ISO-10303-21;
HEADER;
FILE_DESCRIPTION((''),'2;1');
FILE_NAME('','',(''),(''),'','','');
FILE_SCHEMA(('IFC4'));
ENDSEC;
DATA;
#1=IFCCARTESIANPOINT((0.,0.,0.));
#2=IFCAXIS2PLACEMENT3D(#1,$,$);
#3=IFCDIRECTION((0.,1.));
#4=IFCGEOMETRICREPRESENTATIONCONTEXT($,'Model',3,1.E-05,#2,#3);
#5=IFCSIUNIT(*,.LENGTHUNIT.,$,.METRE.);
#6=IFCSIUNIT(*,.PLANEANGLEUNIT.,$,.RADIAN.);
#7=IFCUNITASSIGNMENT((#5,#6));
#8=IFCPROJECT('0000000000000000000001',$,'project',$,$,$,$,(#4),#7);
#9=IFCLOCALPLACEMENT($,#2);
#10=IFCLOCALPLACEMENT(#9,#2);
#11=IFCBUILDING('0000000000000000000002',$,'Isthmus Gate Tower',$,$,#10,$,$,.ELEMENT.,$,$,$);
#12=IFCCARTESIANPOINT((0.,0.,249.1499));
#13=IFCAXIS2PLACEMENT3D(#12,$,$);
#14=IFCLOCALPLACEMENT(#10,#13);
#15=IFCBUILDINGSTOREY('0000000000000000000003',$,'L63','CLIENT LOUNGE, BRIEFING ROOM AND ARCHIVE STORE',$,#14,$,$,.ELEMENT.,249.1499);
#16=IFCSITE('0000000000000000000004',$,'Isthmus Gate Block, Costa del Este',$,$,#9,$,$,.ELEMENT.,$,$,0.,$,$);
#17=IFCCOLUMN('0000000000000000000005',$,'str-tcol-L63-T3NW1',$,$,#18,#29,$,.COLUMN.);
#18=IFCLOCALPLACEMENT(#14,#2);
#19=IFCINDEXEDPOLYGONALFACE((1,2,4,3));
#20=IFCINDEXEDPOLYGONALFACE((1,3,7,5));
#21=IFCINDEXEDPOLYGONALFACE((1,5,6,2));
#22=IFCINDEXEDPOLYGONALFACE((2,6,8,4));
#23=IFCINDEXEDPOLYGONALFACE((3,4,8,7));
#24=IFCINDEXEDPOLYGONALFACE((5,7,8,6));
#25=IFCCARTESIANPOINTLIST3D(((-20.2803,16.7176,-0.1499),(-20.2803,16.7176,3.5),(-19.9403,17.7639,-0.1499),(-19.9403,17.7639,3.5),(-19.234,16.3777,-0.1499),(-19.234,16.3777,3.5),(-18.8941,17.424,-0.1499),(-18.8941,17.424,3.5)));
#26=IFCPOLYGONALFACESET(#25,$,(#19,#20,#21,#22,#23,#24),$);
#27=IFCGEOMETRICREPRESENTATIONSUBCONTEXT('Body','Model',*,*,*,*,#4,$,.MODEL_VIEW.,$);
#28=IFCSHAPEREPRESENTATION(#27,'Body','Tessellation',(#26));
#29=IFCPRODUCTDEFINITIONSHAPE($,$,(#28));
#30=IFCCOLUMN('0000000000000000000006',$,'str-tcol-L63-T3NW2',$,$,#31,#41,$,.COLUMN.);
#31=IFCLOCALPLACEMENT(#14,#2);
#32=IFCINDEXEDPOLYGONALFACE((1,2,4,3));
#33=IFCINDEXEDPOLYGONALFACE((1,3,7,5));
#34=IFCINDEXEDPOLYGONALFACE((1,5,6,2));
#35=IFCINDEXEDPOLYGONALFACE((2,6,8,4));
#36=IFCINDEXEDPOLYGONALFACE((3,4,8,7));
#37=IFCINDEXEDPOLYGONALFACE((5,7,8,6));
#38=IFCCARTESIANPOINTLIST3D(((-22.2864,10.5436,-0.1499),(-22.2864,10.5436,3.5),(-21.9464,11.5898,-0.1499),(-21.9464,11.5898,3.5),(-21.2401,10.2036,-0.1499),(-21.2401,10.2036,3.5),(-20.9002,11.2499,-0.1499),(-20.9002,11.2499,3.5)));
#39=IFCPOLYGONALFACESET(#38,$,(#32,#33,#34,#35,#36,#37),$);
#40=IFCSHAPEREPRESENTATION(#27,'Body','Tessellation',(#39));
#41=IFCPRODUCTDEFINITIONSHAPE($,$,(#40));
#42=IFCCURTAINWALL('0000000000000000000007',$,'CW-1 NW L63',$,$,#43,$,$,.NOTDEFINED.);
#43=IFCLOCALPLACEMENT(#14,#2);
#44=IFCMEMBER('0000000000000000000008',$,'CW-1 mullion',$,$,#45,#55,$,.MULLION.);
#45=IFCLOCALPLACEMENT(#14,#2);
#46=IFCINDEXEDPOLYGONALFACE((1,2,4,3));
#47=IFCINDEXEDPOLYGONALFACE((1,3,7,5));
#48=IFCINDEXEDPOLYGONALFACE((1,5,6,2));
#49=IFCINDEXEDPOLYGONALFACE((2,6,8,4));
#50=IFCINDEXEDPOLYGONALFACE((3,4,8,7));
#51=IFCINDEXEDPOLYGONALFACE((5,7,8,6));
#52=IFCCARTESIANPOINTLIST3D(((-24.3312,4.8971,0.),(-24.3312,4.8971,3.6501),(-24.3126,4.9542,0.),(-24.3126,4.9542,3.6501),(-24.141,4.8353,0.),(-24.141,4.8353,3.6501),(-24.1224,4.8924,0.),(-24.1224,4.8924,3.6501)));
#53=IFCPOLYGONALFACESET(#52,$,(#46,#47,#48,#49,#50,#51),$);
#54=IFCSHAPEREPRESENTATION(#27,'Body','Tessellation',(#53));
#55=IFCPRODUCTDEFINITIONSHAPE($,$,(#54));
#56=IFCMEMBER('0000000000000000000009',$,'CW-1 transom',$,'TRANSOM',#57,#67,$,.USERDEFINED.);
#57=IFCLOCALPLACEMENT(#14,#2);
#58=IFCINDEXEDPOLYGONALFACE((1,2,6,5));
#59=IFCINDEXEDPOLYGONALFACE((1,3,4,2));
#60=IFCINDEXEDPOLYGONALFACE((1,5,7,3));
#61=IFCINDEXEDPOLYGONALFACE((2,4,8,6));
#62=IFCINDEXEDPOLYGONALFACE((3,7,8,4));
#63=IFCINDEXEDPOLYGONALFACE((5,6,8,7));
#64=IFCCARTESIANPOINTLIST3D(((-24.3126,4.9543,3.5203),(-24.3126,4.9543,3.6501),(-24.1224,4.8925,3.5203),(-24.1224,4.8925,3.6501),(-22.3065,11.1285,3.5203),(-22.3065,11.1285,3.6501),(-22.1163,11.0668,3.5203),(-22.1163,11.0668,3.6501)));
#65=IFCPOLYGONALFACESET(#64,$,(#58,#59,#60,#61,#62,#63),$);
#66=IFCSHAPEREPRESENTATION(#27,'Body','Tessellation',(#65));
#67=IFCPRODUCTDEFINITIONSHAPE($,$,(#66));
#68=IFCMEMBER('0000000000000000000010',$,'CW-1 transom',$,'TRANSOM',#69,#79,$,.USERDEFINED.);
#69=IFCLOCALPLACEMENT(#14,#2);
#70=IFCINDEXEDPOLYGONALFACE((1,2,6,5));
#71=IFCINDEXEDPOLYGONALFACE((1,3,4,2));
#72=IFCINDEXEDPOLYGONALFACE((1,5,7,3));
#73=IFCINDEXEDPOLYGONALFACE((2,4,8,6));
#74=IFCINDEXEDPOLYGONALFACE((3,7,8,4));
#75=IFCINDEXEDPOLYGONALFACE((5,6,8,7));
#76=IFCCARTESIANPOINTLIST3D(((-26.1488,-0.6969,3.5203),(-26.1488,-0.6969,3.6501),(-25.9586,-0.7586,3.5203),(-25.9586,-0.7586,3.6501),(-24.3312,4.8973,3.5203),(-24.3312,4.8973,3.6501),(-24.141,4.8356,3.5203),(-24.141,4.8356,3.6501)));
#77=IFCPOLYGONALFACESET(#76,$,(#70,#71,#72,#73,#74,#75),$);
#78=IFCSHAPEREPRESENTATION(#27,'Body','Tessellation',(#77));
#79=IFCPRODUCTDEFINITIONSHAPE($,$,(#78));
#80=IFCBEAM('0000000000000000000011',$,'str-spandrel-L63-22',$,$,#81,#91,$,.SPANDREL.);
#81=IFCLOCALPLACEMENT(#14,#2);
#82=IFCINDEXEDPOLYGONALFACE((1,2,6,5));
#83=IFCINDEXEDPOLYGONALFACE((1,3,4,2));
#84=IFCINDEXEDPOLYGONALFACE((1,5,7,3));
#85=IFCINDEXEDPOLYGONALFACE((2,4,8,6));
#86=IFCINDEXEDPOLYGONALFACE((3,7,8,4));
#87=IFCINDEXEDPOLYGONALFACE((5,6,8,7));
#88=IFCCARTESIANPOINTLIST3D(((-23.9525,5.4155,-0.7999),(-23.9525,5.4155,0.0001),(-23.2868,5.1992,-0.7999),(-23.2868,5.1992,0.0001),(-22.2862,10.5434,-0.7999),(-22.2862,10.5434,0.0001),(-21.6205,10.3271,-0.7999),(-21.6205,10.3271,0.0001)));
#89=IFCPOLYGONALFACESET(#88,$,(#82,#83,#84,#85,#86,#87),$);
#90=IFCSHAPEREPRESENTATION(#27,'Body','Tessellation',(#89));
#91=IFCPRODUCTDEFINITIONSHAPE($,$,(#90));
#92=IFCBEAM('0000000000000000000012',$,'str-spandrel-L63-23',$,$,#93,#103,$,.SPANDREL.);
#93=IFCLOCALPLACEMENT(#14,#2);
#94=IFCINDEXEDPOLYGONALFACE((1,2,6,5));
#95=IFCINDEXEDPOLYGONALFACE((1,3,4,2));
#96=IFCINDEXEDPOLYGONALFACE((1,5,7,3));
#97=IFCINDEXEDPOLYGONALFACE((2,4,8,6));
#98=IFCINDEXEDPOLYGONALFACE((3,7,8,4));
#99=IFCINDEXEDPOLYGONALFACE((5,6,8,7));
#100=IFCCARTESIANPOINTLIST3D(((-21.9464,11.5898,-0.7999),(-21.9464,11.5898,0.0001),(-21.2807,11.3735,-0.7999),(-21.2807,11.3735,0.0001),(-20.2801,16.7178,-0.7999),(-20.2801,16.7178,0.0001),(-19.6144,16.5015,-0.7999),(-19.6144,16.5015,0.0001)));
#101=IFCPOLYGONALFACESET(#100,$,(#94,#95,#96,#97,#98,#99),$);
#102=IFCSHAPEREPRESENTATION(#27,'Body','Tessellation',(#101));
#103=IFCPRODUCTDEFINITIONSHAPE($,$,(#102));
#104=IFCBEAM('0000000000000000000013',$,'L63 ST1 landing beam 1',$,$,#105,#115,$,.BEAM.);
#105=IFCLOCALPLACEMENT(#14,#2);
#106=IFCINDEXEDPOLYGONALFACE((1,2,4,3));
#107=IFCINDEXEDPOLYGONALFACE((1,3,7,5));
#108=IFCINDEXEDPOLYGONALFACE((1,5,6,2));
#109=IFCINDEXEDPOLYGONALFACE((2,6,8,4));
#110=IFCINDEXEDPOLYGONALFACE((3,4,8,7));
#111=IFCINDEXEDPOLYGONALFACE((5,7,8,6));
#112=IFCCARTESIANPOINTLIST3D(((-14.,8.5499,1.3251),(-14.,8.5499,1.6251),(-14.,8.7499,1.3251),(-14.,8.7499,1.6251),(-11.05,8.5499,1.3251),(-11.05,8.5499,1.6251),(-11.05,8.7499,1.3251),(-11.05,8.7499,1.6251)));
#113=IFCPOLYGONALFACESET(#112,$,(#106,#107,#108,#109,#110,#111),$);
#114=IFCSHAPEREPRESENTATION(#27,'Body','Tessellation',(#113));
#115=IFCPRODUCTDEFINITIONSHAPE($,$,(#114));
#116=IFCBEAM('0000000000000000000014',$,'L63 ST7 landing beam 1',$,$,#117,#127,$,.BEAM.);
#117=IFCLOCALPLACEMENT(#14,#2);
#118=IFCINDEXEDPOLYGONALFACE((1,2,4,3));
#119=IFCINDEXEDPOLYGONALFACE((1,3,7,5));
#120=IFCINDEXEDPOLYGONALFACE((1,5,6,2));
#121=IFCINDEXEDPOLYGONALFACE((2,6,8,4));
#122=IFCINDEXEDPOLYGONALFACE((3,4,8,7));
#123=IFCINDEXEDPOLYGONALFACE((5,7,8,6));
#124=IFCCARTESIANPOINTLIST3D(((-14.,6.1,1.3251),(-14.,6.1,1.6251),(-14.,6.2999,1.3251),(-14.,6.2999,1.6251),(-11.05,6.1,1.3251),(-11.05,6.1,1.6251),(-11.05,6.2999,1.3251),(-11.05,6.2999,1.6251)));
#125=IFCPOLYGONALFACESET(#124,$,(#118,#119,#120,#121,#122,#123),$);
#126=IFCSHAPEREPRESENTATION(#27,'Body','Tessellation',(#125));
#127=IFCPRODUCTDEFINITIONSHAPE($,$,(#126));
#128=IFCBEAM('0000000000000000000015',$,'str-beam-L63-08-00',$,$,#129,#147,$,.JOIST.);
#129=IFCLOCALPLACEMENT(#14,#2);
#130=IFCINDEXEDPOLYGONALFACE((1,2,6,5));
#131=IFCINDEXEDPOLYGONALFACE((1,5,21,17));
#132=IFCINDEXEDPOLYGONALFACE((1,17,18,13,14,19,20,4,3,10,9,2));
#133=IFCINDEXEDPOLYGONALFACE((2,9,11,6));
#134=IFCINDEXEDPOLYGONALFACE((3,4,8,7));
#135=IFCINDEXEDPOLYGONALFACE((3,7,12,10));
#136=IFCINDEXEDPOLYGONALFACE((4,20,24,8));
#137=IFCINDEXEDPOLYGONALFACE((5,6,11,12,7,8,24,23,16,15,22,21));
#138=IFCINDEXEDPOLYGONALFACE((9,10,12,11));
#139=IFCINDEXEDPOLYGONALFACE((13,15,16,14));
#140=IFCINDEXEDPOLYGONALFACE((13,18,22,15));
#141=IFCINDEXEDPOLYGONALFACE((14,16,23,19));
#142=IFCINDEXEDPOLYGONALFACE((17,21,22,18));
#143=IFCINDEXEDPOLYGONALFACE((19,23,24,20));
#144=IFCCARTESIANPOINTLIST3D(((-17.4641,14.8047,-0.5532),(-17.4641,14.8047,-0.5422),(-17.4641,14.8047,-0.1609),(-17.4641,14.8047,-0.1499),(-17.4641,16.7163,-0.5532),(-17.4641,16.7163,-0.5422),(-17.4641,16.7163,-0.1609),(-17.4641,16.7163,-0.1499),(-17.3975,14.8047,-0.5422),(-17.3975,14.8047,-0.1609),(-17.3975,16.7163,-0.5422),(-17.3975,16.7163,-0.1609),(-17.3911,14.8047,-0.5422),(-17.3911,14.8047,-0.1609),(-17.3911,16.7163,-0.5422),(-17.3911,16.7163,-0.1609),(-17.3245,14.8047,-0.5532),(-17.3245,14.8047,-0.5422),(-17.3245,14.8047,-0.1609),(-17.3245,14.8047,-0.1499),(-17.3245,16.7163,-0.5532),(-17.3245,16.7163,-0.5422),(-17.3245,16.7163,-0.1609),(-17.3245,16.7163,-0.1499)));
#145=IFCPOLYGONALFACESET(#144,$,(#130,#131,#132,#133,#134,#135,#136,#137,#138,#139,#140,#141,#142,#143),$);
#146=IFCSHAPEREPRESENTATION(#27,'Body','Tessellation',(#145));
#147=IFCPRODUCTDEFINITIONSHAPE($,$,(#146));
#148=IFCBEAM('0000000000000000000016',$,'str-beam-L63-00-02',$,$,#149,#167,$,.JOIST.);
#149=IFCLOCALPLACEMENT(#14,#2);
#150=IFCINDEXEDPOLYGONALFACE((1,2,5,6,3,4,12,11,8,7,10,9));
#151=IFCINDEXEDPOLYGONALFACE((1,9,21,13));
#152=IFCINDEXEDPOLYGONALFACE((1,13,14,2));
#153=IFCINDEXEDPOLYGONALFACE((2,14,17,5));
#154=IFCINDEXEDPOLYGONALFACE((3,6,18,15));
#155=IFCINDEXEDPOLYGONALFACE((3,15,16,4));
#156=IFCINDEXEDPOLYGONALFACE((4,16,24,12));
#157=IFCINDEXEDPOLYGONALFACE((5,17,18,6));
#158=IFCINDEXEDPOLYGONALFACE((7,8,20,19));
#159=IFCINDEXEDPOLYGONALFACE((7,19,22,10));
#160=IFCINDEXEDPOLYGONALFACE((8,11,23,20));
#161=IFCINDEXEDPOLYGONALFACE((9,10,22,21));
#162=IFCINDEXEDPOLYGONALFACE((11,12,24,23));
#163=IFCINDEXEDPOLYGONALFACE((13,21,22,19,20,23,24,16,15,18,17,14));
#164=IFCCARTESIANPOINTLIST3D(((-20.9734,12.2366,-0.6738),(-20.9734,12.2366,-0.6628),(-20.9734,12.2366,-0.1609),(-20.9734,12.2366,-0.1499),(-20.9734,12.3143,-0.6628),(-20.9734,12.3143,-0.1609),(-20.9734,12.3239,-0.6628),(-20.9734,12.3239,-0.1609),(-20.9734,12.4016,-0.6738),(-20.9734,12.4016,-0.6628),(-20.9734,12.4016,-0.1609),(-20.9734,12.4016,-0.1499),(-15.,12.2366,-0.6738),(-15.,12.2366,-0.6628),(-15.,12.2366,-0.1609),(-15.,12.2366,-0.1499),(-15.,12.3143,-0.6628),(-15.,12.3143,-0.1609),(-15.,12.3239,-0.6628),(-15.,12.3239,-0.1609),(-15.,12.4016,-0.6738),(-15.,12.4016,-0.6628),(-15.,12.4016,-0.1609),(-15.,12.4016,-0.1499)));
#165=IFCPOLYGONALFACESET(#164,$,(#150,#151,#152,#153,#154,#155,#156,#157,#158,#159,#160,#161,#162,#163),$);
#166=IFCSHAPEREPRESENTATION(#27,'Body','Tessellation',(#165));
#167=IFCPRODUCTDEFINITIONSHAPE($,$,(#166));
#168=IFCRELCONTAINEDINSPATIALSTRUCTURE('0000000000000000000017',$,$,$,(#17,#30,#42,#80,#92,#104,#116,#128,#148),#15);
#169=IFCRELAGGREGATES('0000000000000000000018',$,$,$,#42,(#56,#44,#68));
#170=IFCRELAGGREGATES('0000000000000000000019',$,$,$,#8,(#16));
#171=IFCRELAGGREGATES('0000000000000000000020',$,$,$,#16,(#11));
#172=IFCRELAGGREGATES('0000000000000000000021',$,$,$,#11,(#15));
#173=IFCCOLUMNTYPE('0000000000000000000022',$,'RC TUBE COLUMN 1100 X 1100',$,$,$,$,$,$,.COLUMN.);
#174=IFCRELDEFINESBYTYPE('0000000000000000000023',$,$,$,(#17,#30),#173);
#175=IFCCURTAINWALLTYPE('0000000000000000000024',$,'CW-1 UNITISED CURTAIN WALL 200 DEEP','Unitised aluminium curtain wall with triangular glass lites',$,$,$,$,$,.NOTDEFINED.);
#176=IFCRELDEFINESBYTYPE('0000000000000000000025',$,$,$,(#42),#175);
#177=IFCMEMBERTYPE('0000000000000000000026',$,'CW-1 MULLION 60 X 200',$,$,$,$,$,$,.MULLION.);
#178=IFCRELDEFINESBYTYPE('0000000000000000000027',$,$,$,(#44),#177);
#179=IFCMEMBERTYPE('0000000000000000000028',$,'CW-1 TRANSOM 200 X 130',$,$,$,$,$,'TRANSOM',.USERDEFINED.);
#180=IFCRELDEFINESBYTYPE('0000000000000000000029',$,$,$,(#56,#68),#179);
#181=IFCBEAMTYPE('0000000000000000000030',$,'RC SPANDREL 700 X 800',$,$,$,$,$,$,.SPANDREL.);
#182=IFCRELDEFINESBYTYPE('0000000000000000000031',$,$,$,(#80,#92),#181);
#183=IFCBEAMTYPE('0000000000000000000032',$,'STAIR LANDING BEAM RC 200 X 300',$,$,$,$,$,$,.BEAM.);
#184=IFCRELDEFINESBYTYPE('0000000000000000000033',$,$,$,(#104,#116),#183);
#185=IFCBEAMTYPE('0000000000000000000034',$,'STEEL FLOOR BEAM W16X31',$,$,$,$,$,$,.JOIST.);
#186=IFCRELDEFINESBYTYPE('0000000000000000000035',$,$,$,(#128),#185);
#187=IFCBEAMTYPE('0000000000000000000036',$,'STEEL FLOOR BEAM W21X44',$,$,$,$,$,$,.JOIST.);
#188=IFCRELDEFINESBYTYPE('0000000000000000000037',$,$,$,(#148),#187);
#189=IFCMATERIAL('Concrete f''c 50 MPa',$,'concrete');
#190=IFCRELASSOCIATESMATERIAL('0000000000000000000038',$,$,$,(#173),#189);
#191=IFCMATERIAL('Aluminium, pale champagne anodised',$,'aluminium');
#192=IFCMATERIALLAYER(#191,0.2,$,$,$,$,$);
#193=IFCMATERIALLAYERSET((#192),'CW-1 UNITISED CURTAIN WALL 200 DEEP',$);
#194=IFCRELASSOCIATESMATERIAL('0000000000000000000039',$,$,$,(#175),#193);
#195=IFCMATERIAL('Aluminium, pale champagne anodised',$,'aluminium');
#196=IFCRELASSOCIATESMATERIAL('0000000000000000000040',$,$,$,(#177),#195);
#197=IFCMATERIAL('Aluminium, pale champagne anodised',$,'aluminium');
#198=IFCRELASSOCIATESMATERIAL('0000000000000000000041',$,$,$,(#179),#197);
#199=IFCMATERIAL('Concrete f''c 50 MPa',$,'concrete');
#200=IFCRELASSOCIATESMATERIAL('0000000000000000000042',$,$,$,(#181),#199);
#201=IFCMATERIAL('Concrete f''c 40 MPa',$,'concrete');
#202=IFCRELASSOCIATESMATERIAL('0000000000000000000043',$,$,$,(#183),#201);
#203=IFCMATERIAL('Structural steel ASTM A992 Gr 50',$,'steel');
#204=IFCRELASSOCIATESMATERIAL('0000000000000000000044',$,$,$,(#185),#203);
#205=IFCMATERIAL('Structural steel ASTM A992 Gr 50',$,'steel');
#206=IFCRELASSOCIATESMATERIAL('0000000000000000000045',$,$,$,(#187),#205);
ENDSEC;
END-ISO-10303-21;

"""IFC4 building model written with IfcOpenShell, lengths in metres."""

from ifc_helpers import new_model, si_unit, direction, frame, origin, origin_2d, place, context, subcontext, project, spatial, rectangle, i_section, extrude, material, layer, layer_set, material_profile, profile_set, type_object, element, aggregate, save


model = new_model("IFC4")

# Units and contexts
model_context = context("Model", 3, precision=1e-05, world=origin(), true_north=direction((0.0, 1.0)))
body_context = subcontext(model_context, "Body", "Model", "MODEL_VIEW")
ifc_project = project(units=[si_unit("LENGTHUNIT", "METRE"), si_unit("PLANEANGLEUNIT", "RADIAN")], contexts=[model_context])

# Site, building, storey
site_placement = place(None, origin())
site = spatial("IfcSite", under=ifc_project, at=site_placement, Name="Isthmus Gate Block, Costa del Este", CompositionType="ELEMENT", RefElevation=0.0)
building_placement = place(site_placement, origin())
building = spatial("IfcBuilding", under=site, at=building_placement, Name="Isthmus Gate Tower", CompositionType="ELEMENT")
storey_placement = place(building_placement, frame((0.0, 0.0, 249.1499)))
storey = spatial("IfcBuildingStorey", under=building, at=storey_placement, Name="L63", Description="CLIENT LOUNGE, BRIEFING ROOM AND ARCHIVE STORE", CompositionType="ELEMENT", Elevation=249.1499)

# Columns
ifc_material_1 = material(Name="Concrete f'c 50 MPa", Category="concrete")
ifc_material_profile_1 = material_profile(ifc_material_1, rectangle(XDim=1.1001, YDim=1.1001, at=origin_2d()), Name="RC 1100X1100")
ifc_profile_set_1 = profile_set([ifc_material_profile_1], Name="Concrete f'c 50 MPa")
column_type = type_object("IfcColumnType", Name="RC TUBE COLUMN 1100 X 1100", PredefinedType="COLUMN", material=ifc_profile_set_1)
for number, where, z_axis, x_axis, name in (
    (1, (-19.5872, 17.0708, -0.1499), (0.0, 0.0, 1.0), (-0.309017, -0.951057, 0.0), "str-tcol-L63-T3NW1"),
    (2, (-21.5933, 10.8967, -0.1499), (0.0, 0.0, 1.0), (-0.309017, -0.951057, 0.0), "str-tcol-L63-T3NW2"),
):
    element("IfcColumn", number, at=place(storey_placement, frame(where, z_axis=z_axis, x_axis=x_axis)), inside=storey, type_object=column_type, Name=name, PredefinedType="COLUMN", context=body_context, shape_type="SweptSolid", body=[
        extrude(rectangle(XDim=1.1001, YDim=1.1001, at=origin_2d()), origin(), (0.0, 0.0, 1.0), 3.6499),
    ])

# Curtain wall, members
ifc_material_2 = material(Name="Aluminium, pale champagne anodised", Category="aluminium")
ifc_layer_1 = layer(ifc_material_2, 0.2)
ifc_layer_set_1 = layer_set([ifc_layer_1], Name="CW-1 UNITISED CURTAIN WALL 200 DEEP")
curtain_wall_type_1 = type_object("IfcCurtainWallType", Name="CW-1 UNITISED CURTAIN WALL 200 DEEP", Description="Unitised aluminium curtain wall with triangular glass lites", PredefinedType="NOTDEFINED", material=ifc_layer_set_1)
curtain_wall_1_placement = place(storey_placement, origin())
curtain_wall_1 = element("IfcCurtainWall", 3, at=curtain_wall_1_placement, inside=storey, type_object=curtain_wall_type_1, Name="CW-1 NW L63", PredefinedType="NOTDEFINED")
ifc_material_3 = material(Name="Aluminium, pale champagne anodised", Category="aluminium")
ifc_material_profile_2 = material_profile(ifc_material_3, rectangle(XDim=0.0601, YDim=0.2, at=origin_2d()), Name="60x200")
ifc_profile_set_2 = profile_set([ifc_material_profile_2], Name="Aluminium, pale champagne anodised")
member_type_1 = type_object("IfcMemberType", Name="CW-1 MULLION 60 X 200", PredefinedType="MULLION", material=ifc_profile_set_2)
member_1_placement = place(storey_placement, frame((-24.2268, 4.8948, 0.0), z_axis=(0.0, 0.0, 1.0), x_axis=(-0.309017, -0.951057, 0.0)))
member_1 = element("IfcMember", 4, at=member_1_placement, type_object=member_type_1, Name="CW-1 mullion", PredefinedType="MULLION", context=body_context, shape_type="SweptSolid", body=[
    extrude(rectangle(XDim=0.0601, YDim=0.2, at=origin_2d()), origin(), (0.0, 0.0, 1.0), 3.6501),
])
ifc_material_4 = material(Name="Aluminium, pale champagne anodised", Category="aluminium")
ifc_material_profile_3 = material_profile(ifc_material_4, rectangle(XDim=0.2, YDim=0.1299, at=origin_2d()), Name="200x130")
ifc_profile_set_3 = profile_set([ifc_material_profile_3], Name="Aluminium, pale champagne anodised")
member_type_2 = type_object("IfcMemberType", Name="CW-1 TRANSOM 200 X 130", ElementType="TRANSOM", PredefinedType="USERDEFINED", material=ifc_profile_set_3)
member_2_placement = place(storey_placement, frame((-22.2114, 11.0977, 3.5852), z_axis=(-0.30901, -0.951059, 0.0), x_axis=(0.951059, -0.30901, 0.0)))
member_2 = element("IfcMember", 5, at=member_2_placement, type_object=member_type_2, Name="CW-1 transom", ObjectType="TRANSOM", PredefinedType="USERDEFINED", context=body_context, shape_type="SweptSolid", body=[
    extrude(rectangle(XDim=0.2, YDim=0.1299, at=origin_2d()), origin(), (0.0, 0.0, 1.0), 6.4919),
])
member_3_placement = place(storey_placement, frame((-24.2361, 4.8665, 3.5852), z_axis=(-0.309009, -0.951059, 0.0), x_axis=(0.951059, -0.309009, 0.0)))
member_3 = element("IfcMember", 6, at=member_3_placement, type_object=member_type_2, Name="CW-1 transom", ObjectType="TRANSOM", PredefinedType="USERDEFINED", context=body_context, shape_type="SweptSolid", body=[
    extrude(rectangle(XDim=0.2, YDim=0.1299, at=origin_2d()), origin(), (0.0, 0.0, 1.0), 5.8821),
])

# Beams
ifc_material_5 = material(Name="Concrete f'c 50 MPa", Category="concrete")
ifc_material_profile_4 = material_profile(ifc_material_5, rectangle(XDim=0.7, YDim=0.8, at=origin_2d()), Name="RC 700X800")
ifc_profile_set_4 = profile_set([ifc_material_profile_4], Name="Concrete f'c 50 MPa")
beam_type_1 = type_object("IfcBeamType", Name="RC SPANDREL 700 X 800", PredefinedType="SPANDREL", material=ifc_profile_set_4)
for number, where, z_axis, x_axis, name in (
    (7, (-23.6196, 5.3074, -0.3999), (0.309033, 0.951051, 0.0), (-0.951051, 0.309033, 0.0), "str-spandrel-L63-22"),
    (8, (-21.6135, 11.4817, -0.3999), (0.309033, 0.951051, 0.0), (-0.951051, 0.309033, 0.0), "str-spandrel-L63-23"),
):
    element("IfcBeam", number, at=place(storey_placement, frame(where, z_axis=z_axis, x_axis=x_axis)), inside=storey, type_object=beam_type_1, Name=name, PredefinedType="SPANDREL", context=body_context, shape_type="SweptSolid", body=[
        extrude(rectangle(XDim=0.7, YDim=0.8, at=origin_2d()), origin(), (0.0, 0.0, 1.0), 5.3918),
    ])
ifc_material_6 = material(Name="Concrete f'c 40 MPa", Category="concrete")
ifc_material_profile_5 = material_profile(ifc_material_6, rectangle(XDim=0.2, YDim=0.3, at=origin_2d()), Name="STAIR LANDING BEAM RC 200 X 300")
ifc_profile_set_5 = profile_set([ifc_material_profile_5], Name="Concrete f'c 40 MPa")
beam_type_2 = type_object("IfcBeamType", Name="STAIR LANDING BEAM RC 200 X 300", PredefinedType="BEAM", material=ifc_profile_set_5)
for number, where, z_axis, x_axis, name in (
    (9, (-14.0, 8.6499, 1.4751), (1.0, 0.0, 0.0), (0.0, 1.0, 0.0), "L63 ST1 landing beam 1"),
    (10, (-14.0, 6.2, 1.4751), (1.0, 0.0, 0.0), (0.0, 1.0, 0.0), "L63 ST7 landing beam 1"),
):
    element("IfcBeam", number, at=place(storey_placement, frame(where, z_axis=z_axis, x_axis=x_axis)), inside=storey, type_object=beam_type_2, Name=name, PredefinedType="BEAM", context=body_context, shape_type="SweptSolid", body=[
        extrude(rectangle(XDim=0.2, YDim=0.3, at=origin_2d()), origin(), (0.0, 0.0, 1.0), 2.95),
    ])
ifc_material_7 = material(Name="Structural steel ASTM A992 Gr 50", Category="steel")
ifc_material_profile_6 = material_profile(ifc_material_7, i_section(OverallWidth=0.1396, OverallDepth=0.4033, WebThickness=0.0063, FlangeThickness=0.011, at=origin_2d()), Name="W16X31")
ifc_profile_set_6 = profile_set([ifc_material_profile_6], Name="Structural steel ASTM A992 Gr 50")
beam_type_3 = type_object("IfcBeamType", Name="STEEL FLOOR BEAM W16X31", PredefinedType="JOIST", material=ifc_profile_set_6)
beam_1_placement = place(storey_placement, frame((-17.3943, 14.8047, -0.3516), z_axis=(0.0, 1.0, 0.0), x_axis=(-1.0, 0.0, 0.0)))
element("IfcBeam", 11, at=beam_1_placement, inside=storey, type_object=beam_type_3, Name="str-beam-L63-08-00", PredefinedType="JOIST", context=body_context, shape_type="SweptSolid", body=[
    extrude(i_section(OverallWidth=0.1396, OverallDepth=0.4033, WebThickness=0.0063, FlangeThickness=0.011, at=origin_2d()), origin(), (0.0, 0.0, 1.0), 1.9116),
])
ifc_material_8 = material(Name="Structural steel ASTM A992 Gr 50", Category="steel")
ifc_material_profile_7 = material_profile(ifc_material_8, i_section(OverallWidth=0.165, OverallDepth=0.5239, WebThickness=0.0095, FlangeThickness=0.011, at=origin_2d()), Name="W21X44")
ifc_profile_set_7 = profile_set([ifc_material_profile_7], Name="Structural steel ASTM A992 Gr 50")
beam_type_4 = type_object("IfcBeamType", Name="STEEL FLOOR BEAM W21X44", PredefinedType="JOIST", material=ifc_profile_set_7)
beam_2_placement = place(storey_placement, frame((-20.9734, 12.3191, -0.4119), z_axis=(1.0, 0.0, 0.0), x_axis=(0.0, 1.0, 0.0)))
element("IfcBeam", 12, at=beam_2_placement, inside=storey, type_object=beam_type_4, Name="str-beam-L63-00-02", PredefinedType="JOIST", context=body_context, shape_type="SweptSolid", body=[
    extrude(i_section(OverallWidth=0.165, OverallDepth=0.5239, WebThickness=0.0095, FlangeThickness=0.011, at=origin_2d()), origin(), (0.0, 0.0, 1.0), 5.9734),
])

aggregate(curtain_wall_1, [member_2, member_1, member_3])

save(model, "model.ifc")
